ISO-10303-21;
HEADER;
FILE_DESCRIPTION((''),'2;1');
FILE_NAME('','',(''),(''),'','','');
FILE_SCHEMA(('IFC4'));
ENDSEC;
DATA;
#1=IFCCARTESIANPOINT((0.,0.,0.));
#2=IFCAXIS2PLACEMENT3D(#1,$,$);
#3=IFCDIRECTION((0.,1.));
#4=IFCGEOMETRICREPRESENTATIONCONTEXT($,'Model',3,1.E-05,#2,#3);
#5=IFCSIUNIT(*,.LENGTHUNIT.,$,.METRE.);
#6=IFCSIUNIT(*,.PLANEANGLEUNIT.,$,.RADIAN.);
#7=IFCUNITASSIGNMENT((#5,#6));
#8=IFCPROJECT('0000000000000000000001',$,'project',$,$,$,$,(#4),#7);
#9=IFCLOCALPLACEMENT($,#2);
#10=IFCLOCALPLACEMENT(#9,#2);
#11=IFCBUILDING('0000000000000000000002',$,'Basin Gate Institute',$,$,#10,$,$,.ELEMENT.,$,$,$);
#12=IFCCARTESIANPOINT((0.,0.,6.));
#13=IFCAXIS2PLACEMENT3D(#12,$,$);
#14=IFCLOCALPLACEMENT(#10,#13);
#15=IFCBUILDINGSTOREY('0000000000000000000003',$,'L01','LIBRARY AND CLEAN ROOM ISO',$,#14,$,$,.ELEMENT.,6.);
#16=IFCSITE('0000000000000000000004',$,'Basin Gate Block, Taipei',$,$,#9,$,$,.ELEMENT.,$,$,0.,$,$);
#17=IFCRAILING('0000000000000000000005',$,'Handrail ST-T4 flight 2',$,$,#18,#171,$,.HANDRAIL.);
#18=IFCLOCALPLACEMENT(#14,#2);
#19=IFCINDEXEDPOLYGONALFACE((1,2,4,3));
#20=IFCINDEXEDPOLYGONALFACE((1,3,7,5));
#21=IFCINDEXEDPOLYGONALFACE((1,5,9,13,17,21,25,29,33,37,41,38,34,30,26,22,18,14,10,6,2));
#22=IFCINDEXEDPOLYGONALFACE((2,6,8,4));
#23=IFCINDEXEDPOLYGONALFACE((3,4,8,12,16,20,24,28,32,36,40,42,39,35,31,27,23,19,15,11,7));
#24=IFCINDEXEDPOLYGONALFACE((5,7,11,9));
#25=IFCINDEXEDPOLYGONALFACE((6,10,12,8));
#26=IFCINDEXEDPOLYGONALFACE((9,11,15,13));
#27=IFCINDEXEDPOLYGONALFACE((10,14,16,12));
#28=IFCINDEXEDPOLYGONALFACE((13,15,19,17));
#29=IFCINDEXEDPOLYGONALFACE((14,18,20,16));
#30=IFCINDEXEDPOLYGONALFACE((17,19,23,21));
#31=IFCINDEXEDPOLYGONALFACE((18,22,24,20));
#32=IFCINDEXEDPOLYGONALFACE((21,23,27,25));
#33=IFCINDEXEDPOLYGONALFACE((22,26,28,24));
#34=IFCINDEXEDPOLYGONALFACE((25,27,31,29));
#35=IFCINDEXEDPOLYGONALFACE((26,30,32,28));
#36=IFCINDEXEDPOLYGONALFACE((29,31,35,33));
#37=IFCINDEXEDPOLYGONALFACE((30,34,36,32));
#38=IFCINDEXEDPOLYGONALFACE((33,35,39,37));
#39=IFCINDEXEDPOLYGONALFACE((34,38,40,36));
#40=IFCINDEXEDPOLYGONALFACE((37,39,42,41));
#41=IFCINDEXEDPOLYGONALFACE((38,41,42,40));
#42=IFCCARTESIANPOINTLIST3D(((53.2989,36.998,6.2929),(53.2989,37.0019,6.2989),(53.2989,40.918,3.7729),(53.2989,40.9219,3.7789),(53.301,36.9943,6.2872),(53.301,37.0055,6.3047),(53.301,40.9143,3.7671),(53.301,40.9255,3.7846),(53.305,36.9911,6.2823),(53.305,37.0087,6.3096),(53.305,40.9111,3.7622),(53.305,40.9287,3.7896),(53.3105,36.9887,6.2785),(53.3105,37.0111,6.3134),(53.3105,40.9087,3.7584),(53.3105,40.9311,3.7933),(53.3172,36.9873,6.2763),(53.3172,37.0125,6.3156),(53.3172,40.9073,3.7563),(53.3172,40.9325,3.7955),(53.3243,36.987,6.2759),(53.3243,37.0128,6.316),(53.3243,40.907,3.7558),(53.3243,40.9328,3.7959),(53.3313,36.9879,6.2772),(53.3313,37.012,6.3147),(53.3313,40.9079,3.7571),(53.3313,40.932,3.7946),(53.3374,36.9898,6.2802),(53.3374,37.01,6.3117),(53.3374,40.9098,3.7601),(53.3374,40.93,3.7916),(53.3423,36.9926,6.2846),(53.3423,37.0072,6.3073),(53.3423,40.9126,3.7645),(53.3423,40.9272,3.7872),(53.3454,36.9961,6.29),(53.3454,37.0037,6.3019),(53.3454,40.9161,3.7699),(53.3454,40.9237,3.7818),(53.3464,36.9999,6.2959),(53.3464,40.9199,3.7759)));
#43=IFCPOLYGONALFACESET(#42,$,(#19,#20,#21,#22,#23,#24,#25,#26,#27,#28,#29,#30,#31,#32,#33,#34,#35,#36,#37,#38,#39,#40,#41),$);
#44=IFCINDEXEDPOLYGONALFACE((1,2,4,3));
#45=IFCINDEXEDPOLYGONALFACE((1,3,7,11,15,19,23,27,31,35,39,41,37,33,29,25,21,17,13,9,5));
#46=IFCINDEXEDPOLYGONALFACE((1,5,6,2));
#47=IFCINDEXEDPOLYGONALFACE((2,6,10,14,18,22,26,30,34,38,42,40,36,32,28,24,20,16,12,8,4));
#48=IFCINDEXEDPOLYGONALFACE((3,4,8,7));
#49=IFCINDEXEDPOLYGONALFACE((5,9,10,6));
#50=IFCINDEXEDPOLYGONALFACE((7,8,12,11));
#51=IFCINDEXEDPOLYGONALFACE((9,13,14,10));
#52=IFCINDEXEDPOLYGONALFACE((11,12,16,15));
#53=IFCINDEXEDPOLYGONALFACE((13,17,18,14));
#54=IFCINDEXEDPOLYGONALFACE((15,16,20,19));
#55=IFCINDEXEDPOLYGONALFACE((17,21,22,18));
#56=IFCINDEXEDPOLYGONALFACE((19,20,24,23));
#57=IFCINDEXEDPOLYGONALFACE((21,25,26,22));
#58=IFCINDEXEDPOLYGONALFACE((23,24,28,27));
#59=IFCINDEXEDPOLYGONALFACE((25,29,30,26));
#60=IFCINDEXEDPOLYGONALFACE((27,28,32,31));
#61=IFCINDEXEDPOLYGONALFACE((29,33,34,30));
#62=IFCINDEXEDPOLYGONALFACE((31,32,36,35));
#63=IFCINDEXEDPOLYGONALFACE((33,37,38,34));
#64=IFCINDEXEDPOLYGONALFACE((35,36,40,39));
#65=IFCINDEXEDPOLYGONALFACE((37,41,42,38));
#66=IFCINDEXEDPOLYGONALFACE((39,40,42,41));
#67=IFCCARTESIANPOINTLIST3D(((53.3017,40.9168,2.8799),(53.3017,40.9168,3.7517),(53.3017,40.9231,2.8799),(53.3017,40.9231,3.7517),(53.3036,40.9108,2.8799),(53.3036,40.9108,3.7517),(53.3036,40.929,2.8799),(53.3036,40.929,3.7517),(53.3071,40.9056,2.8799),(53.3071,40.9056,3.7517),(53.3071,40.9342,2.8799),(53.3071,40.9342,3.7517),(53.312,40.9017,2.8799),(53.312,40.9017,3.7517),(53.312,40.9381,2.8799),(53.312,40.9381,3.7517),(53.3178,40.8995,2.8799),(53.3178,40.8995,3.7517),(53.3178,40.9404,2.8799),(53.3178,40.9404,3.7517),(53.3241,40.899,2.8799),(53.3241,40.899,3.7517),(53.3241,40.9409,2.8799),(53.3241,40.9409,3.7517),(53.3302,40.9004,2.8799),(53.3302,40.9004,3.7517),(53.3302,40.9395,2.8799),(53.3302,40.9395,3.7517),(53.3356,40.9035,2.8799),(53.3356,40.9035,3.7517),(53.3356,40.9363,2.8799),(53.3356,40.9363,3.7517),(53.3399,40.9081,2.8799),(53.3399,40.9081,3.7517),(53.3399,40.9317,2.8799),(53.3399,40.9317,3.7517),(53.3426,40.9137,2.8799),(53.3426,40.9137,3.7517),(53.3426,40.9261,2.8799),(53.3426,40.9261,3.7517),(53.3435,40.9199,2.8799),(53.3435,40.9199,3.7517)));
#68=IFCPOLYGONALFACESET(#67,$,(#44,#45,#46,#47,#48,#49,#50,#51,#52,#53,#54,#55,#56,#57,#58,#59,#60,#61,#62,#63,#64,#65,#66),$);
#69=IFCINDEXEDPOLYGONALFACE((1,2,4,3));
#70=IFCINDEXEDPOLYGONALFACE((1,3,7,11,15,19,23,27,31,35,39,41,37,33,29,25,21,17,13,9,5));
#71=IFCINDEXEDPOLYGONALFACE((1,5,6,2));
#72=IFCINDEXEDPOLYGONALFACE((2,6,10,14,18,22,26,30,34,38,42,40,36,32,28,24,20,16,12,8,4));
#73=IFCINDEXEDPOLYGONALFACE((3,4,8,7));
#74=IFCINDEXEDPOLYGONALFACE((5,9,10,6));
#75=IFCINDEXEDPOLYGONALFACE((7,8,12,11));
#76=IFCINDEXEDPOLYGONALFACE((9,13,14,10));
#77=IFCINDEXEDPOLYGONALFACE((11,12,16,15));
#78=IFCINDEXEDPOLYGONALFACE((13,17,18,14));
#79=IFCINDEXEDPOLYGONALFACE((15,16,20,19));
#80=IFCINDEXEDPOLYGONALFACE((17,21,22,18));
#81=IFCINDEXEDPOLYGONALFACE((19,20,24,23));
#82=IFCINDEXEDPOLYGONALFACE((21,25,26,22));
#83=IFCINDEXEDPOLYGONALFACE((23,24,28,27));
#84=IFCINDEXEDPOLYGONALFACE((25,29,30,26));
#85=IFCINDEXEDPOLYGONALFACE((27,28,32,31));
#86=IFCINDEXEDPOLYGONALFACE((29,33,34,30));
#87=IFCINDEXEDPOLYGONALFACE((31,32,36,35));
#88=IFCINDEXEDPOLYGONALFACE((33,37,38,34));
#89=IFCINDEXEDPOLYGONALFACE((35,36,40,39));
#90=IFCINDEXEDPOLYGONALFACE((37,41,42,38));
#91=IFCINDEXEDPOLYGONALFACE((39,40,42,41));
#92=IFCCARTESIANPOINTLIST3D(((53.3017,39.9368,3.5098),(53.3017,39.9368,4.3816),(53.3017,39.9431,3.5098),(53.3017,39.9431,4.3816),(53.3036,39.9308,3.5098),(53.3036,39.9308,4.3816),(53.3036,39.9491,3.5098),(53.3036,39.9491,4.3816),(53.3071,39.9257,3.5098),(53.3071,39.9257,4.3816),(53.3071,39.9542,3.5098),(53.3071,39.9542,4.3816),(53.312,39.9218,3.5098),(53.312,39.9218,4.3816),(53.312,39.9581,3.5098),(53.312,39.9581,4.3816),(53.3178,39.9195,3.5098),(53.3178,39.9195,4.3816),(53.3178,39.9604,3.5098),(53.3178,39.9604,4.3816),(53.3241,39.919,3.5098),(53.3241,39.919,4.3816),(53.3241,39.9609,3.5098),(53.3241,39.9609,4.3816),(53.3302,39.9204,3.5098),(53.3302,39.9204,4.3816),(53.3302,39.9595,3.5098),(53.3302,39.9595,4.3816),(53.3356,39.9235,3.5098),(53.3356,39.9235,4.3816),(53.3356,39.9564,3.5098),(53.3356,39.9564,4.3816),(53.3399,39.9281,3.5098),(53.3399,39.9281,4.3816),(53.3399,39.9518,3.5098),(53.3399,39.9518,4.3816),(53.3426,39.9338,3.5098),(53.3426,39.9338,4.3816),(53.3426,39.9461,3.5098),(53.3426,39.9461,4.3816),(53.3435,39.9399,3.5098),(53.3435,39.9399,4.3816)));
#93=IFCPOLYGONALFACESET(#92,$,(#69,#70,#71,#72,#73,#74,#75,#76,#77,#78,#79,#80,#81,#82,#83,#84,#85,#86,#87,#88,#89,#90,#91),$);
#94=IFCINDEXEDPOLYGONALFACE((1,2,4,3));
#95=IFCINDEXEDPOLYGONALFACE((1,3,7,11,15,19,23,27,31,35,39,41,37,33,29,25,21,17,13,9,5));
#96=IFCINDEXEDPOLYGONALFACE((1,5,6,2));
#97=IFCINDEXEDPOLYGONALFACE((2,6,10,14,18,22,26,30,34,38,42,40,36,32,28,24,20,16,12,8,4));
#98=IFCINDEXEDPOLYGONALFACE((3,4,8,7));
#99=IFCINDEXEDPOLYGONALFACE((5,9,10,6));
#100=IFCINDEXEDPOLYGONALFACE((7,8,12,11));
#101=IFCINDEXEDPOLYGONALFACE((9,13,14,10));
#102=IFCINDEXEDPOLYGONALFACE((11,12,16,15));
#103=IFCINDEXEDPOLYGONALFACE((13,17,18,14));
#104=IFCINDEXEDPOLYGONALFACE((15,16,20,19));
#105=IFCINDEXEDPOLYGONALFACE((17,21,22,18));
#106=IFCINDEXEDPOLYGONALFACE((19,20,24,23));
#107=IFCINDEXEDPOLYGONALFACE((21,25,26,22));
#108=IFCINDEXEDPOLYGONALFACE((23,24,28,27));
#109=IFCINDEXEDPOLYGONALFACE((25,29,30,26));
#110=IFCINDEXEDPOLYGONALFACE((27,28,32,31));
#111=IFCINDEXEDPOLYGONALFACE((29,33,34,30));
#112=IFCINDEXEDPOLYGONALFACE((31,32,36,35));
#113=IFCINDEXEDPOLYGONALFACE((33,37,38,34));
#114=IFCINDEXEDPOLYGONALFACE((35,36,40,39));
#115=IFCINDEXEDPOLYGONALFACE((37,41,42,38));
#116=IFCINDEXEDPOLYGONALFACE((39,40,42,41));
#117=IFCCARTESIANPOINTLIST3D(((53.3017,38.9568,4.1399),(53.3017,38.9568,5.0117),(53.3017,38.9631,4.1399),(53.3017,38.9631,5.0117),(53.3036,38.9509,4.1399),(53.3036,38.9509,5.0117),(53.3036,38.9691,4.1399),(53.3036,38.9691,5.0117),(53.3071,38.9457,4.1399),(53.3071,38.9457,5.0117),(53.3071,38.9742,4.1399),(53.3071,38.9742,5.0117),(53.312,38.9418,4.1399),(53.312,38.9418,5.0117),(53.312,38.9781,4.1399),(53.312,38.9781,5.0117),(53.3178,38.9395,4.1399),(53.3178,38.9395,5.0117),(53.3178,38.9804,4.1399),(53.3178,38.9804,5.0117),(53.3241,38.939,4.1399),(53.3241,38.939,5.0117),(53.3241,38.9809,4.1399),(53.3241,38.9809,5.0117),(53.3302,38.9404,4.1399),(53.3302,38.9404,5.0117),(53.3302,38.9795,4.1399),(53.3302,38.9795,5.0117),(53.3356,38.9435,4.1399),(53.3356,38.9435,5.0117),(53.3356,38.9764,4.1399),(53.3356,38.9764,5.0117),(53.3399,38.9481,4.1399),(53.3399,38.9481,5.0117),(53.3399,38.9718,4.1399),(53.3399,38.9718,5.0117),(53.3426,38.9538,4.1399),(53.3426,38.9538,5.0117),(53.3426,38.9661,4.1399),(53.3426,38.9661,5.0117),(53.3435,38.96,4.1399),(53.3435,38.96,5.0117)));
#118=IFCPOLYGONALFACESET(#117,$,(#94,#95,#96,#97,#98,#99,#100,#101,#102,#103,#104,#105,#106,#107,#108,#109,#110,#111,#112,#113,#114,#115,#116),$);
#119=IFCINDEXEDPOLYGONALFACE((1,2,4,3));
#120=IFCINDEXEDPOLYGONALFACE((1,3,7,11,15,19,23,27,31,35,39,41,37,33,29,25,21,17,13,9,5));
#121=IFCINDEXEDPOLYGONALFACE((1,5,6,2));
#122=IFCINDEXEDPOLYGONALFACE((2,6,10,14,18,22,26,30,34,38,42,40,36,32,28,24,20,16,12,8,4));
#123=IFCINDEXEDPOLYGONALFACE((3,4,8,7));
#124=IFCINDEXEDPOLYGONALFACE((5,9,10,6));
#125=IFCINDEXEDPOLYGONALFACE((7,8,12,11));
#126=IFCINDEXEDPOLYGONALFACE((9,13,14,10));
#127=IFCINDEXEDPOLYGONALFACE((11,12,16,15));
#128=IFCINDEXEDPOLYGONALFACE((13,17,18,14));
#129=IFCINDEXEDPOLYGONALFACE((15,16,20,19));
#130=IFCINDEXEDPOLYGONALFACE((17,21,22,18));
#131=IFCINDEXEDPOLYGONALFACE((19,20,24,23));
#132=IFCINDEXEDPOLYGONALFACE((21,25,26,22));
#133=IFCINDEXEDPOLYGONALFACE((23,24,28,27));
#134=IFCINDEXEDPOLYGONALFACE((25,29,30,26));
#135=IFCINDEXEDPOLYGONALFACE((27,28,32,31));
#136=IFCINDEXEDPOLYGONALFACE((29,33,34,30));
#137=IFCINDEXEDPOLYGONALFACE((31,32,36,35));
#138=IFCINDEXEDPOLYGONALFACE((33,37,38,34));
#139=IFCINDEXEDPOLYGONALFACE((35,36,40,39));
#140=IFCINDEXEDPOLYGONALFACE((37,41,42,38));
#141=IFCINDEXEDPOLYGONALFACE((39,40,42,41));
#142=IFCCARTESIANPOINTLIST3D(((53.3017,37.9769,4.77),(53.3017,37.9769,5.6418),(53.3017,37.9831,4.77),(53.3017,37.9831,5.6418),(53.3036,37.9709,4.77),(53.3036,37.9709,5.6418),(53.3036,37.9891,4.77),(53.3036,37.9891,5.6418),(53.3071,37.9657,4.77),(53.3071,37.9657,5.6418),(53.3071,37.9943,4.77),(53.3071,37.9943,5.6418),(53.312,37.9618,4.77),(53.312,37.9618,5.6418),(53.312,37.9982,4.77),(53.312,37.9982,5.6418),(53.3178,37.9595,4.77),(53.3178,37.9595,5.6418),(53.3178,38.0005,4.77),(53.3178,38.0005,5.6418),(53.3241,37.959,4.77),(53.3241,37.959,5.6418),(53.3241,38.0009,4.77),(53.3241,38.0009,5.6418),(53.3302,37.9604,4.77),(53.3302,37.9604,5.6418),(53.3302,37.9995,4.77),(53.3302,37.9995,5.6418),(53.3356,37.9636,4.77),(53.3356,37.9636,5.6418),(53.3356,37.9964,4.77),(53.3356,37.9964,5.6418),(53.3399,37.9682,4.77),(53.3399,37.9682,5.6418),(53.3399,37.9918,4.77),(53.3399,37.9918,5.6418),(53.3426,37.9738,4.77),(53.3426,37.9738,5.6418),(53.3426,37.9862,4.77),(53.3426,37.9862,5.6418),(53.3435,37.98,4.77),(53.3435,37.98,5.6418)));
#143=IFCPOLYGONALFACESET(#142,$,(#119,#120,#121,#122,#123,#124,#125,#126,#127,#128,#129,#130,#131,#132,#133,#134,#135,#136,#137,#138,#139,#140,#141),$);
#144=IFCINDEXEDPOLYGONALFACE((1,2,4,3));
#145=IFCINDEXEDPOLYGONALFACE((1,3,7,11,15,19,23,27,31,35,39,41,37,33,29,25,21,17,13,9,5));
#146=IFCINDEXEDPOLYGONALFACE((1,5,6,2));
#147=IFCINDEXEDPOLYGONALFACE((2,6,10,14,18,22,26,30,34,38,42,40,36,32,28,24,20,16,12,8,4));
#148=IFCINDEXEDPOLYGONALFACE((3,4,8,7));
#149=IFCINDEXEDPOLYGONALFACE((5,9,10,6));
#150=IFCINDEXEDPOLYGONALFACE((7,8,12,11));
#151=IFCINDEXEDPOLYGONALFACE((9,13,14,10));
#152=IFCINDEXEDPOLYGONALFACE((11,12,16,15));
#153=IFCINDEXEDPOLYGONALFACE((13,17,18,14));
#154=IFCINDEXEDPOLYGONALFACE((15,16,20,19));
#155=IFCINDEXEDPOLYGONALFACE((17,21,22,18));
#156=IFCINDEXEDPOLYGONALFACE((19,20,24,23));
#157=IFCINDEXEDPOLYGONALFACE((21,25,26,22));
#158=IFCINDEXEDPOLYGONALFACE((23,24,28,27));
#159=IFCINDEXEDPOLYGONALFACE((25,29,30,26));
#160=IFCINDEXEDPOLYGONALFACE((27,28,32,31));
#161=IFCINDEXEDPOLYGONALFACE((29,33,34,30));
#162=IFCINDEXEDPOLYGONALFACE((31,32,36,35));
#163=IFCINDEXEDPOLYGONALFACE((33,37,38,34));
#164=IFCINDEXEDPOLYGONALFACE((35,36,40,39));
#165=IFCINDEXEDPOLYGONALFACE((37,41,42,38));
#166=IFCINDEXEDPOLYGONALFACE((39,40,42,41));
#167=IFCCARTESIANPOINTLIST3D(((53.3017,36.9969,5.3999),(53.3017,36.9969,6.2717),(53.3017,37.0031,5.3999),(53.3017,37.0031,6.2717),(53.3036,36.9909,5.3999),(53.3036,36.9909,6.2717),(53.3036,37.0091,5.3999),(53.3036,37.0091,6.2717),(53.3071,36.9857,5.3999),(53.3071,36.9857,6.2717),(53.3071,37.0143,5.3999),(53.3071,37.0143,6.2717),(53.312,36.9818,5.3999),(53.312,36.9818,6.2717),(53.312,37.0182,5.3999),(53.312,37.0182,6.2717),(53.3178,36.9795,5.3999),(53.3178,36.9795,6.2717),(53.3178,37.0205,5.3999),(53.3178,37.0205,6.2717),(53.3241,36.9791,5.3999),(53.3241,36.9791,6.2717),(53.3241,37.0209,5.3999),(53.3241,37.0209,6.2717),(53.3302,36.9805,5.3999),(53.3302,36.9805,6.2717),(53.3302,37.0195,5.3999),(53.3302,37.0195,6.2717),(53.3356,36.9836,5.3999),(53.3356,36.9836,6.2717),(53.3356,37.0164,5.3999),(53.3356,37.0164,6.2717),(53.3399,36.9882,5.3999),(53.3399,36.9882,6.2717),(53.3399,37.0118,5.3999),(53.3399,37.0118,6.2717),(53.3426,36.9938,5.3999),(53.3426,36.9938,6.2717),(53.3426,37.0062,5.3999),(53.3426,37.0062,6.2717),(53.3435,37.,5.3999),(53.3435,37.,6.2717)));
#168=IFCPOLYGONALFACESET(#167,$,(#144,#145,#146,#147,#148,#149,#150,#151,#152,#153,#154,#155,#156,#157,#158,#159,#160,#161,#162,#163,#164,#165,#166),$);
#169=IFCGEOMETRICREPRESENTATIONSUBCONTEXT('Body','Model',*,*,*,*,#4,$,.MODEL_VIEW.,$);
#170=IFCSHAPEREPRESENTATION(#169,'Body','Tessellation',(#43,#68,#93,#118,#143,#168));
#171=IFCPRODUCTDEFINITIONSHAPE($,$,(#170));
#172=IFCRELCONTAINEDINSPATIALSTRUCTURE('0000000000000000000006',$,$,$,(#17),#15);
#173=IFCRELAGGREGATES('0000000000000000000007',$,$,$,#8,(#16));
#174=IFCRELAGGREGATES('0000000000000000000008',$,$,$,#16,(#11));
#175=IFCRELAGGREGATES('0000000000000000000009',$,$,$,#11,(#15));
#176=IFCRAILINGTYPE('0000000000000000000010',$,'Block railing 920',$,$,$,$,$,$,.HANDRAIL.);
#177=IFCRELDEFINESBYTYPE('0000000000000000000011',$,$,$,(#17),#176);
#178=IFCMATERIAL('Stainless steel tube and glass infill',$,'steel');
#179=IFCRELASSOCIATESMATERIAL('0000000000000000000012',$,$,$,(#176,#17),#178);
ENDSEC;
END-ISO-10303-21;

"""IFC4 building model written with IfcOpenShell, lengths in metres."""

from ifc_helpers import new_model, si_unit, direction, frame, origin, origin_2d, place, context, subcontext, project, spatial, circle, extrude, material, type_object, element, save


model = new_model("IFC4")

# Units and contexts
model_context = context("Model", 3, precision=1e-05, world=origin(), true_north=direction((0.0, 1.0)))
body_context = subcontext(model_context, "Body", "Model", "MODEL_VIEW")
ifc_project = project(units=[si_unit("LENGTHUNIT", "METRE"), si_unit("PLANEANGLEUNIT", "RADIAN")], contexts=[model_context])

# Site, building, storey
site_placement = place(None, origin())
site = spatial("IfcSite", under=ifc_project, at=site_placement, Name="Basin Gate Block, Taipei", CompositionType="ELEMENT", RefElevation=0.0)
building_placement = place(site_placement, origin())
building = spatial("IfcBuilding", under=site, at=building_placement, Name="Basin Gate Institute", CompositionType="ELEMENT")
storey_placement = place(building_placement, frame((0.0, 0.0, 6.0)))
storey = spatial("IfcBuildingStorey", under=building, at=storey_placement, Name="L01", Description="LIBRARY AND CLEAN ROOM ISO", CompositionType="ELEMENT", Elevation=6.0)

# Railing
ifc_material_1 = material(Name="Stainless steel tube and glass infill", Category="steel")
railing_type_1 = type_object("IfcRailingType", Name="Block railing 920", PredefinedType="HANDRAIL", material=ifc_material_1)
for number, where, name in (
    (1, (53.3225, 40.9199, 2.8799), "Handrail ST-T4 flight 2"),
):
    element("IfcRailing", number, at=place(storey_placement, frame(where)), inside=storey, type_object=railing_type_1, material=ifc_material_1, Name=name, PredefinedType="HANDRAIL", context=body_context, shape_type="SweptSolid", body=[
        extrude(circle(Radius=0.0239, at=origin_2d()), frame((0.0, 0.0, 0.896), z_axis=(0.0, -0.841172, 0.540768), x_axis=(1.0, 0.0, 0.0)), (0.0, 0.0, 1.0), 4.6602),
        extrude(circle(Radius=0.021, at=origin_2d()), origin(), (0.0, 0.0, 1.0), 0.8718),
        extrude(circle(Radius=0.021, at=origin_2d()), frame((0.0, -0.98, 0.6299)), (0.0, 0.0, 1.0), 0.8718),
        extrude(circle(Radius=0.021, at=origin_2d()), frame((0.0, -1.96, 1.26)), (0.0, 0.0, 1.0), 0.8718),
        extrude(circle(Radius=0.021, at=origin_2d()), frame((0.0, -2.9399, 1.8901)), (0.0, 0.0, 1.0), 0.8718),
        extrude(circle(Radius=0.021, at=origin_2d()), frame((0.0, -3.9199, 2.52)), (0.0, 0.0, 1.0), 0.8718),
    ])

save(model, "model.ifc")
